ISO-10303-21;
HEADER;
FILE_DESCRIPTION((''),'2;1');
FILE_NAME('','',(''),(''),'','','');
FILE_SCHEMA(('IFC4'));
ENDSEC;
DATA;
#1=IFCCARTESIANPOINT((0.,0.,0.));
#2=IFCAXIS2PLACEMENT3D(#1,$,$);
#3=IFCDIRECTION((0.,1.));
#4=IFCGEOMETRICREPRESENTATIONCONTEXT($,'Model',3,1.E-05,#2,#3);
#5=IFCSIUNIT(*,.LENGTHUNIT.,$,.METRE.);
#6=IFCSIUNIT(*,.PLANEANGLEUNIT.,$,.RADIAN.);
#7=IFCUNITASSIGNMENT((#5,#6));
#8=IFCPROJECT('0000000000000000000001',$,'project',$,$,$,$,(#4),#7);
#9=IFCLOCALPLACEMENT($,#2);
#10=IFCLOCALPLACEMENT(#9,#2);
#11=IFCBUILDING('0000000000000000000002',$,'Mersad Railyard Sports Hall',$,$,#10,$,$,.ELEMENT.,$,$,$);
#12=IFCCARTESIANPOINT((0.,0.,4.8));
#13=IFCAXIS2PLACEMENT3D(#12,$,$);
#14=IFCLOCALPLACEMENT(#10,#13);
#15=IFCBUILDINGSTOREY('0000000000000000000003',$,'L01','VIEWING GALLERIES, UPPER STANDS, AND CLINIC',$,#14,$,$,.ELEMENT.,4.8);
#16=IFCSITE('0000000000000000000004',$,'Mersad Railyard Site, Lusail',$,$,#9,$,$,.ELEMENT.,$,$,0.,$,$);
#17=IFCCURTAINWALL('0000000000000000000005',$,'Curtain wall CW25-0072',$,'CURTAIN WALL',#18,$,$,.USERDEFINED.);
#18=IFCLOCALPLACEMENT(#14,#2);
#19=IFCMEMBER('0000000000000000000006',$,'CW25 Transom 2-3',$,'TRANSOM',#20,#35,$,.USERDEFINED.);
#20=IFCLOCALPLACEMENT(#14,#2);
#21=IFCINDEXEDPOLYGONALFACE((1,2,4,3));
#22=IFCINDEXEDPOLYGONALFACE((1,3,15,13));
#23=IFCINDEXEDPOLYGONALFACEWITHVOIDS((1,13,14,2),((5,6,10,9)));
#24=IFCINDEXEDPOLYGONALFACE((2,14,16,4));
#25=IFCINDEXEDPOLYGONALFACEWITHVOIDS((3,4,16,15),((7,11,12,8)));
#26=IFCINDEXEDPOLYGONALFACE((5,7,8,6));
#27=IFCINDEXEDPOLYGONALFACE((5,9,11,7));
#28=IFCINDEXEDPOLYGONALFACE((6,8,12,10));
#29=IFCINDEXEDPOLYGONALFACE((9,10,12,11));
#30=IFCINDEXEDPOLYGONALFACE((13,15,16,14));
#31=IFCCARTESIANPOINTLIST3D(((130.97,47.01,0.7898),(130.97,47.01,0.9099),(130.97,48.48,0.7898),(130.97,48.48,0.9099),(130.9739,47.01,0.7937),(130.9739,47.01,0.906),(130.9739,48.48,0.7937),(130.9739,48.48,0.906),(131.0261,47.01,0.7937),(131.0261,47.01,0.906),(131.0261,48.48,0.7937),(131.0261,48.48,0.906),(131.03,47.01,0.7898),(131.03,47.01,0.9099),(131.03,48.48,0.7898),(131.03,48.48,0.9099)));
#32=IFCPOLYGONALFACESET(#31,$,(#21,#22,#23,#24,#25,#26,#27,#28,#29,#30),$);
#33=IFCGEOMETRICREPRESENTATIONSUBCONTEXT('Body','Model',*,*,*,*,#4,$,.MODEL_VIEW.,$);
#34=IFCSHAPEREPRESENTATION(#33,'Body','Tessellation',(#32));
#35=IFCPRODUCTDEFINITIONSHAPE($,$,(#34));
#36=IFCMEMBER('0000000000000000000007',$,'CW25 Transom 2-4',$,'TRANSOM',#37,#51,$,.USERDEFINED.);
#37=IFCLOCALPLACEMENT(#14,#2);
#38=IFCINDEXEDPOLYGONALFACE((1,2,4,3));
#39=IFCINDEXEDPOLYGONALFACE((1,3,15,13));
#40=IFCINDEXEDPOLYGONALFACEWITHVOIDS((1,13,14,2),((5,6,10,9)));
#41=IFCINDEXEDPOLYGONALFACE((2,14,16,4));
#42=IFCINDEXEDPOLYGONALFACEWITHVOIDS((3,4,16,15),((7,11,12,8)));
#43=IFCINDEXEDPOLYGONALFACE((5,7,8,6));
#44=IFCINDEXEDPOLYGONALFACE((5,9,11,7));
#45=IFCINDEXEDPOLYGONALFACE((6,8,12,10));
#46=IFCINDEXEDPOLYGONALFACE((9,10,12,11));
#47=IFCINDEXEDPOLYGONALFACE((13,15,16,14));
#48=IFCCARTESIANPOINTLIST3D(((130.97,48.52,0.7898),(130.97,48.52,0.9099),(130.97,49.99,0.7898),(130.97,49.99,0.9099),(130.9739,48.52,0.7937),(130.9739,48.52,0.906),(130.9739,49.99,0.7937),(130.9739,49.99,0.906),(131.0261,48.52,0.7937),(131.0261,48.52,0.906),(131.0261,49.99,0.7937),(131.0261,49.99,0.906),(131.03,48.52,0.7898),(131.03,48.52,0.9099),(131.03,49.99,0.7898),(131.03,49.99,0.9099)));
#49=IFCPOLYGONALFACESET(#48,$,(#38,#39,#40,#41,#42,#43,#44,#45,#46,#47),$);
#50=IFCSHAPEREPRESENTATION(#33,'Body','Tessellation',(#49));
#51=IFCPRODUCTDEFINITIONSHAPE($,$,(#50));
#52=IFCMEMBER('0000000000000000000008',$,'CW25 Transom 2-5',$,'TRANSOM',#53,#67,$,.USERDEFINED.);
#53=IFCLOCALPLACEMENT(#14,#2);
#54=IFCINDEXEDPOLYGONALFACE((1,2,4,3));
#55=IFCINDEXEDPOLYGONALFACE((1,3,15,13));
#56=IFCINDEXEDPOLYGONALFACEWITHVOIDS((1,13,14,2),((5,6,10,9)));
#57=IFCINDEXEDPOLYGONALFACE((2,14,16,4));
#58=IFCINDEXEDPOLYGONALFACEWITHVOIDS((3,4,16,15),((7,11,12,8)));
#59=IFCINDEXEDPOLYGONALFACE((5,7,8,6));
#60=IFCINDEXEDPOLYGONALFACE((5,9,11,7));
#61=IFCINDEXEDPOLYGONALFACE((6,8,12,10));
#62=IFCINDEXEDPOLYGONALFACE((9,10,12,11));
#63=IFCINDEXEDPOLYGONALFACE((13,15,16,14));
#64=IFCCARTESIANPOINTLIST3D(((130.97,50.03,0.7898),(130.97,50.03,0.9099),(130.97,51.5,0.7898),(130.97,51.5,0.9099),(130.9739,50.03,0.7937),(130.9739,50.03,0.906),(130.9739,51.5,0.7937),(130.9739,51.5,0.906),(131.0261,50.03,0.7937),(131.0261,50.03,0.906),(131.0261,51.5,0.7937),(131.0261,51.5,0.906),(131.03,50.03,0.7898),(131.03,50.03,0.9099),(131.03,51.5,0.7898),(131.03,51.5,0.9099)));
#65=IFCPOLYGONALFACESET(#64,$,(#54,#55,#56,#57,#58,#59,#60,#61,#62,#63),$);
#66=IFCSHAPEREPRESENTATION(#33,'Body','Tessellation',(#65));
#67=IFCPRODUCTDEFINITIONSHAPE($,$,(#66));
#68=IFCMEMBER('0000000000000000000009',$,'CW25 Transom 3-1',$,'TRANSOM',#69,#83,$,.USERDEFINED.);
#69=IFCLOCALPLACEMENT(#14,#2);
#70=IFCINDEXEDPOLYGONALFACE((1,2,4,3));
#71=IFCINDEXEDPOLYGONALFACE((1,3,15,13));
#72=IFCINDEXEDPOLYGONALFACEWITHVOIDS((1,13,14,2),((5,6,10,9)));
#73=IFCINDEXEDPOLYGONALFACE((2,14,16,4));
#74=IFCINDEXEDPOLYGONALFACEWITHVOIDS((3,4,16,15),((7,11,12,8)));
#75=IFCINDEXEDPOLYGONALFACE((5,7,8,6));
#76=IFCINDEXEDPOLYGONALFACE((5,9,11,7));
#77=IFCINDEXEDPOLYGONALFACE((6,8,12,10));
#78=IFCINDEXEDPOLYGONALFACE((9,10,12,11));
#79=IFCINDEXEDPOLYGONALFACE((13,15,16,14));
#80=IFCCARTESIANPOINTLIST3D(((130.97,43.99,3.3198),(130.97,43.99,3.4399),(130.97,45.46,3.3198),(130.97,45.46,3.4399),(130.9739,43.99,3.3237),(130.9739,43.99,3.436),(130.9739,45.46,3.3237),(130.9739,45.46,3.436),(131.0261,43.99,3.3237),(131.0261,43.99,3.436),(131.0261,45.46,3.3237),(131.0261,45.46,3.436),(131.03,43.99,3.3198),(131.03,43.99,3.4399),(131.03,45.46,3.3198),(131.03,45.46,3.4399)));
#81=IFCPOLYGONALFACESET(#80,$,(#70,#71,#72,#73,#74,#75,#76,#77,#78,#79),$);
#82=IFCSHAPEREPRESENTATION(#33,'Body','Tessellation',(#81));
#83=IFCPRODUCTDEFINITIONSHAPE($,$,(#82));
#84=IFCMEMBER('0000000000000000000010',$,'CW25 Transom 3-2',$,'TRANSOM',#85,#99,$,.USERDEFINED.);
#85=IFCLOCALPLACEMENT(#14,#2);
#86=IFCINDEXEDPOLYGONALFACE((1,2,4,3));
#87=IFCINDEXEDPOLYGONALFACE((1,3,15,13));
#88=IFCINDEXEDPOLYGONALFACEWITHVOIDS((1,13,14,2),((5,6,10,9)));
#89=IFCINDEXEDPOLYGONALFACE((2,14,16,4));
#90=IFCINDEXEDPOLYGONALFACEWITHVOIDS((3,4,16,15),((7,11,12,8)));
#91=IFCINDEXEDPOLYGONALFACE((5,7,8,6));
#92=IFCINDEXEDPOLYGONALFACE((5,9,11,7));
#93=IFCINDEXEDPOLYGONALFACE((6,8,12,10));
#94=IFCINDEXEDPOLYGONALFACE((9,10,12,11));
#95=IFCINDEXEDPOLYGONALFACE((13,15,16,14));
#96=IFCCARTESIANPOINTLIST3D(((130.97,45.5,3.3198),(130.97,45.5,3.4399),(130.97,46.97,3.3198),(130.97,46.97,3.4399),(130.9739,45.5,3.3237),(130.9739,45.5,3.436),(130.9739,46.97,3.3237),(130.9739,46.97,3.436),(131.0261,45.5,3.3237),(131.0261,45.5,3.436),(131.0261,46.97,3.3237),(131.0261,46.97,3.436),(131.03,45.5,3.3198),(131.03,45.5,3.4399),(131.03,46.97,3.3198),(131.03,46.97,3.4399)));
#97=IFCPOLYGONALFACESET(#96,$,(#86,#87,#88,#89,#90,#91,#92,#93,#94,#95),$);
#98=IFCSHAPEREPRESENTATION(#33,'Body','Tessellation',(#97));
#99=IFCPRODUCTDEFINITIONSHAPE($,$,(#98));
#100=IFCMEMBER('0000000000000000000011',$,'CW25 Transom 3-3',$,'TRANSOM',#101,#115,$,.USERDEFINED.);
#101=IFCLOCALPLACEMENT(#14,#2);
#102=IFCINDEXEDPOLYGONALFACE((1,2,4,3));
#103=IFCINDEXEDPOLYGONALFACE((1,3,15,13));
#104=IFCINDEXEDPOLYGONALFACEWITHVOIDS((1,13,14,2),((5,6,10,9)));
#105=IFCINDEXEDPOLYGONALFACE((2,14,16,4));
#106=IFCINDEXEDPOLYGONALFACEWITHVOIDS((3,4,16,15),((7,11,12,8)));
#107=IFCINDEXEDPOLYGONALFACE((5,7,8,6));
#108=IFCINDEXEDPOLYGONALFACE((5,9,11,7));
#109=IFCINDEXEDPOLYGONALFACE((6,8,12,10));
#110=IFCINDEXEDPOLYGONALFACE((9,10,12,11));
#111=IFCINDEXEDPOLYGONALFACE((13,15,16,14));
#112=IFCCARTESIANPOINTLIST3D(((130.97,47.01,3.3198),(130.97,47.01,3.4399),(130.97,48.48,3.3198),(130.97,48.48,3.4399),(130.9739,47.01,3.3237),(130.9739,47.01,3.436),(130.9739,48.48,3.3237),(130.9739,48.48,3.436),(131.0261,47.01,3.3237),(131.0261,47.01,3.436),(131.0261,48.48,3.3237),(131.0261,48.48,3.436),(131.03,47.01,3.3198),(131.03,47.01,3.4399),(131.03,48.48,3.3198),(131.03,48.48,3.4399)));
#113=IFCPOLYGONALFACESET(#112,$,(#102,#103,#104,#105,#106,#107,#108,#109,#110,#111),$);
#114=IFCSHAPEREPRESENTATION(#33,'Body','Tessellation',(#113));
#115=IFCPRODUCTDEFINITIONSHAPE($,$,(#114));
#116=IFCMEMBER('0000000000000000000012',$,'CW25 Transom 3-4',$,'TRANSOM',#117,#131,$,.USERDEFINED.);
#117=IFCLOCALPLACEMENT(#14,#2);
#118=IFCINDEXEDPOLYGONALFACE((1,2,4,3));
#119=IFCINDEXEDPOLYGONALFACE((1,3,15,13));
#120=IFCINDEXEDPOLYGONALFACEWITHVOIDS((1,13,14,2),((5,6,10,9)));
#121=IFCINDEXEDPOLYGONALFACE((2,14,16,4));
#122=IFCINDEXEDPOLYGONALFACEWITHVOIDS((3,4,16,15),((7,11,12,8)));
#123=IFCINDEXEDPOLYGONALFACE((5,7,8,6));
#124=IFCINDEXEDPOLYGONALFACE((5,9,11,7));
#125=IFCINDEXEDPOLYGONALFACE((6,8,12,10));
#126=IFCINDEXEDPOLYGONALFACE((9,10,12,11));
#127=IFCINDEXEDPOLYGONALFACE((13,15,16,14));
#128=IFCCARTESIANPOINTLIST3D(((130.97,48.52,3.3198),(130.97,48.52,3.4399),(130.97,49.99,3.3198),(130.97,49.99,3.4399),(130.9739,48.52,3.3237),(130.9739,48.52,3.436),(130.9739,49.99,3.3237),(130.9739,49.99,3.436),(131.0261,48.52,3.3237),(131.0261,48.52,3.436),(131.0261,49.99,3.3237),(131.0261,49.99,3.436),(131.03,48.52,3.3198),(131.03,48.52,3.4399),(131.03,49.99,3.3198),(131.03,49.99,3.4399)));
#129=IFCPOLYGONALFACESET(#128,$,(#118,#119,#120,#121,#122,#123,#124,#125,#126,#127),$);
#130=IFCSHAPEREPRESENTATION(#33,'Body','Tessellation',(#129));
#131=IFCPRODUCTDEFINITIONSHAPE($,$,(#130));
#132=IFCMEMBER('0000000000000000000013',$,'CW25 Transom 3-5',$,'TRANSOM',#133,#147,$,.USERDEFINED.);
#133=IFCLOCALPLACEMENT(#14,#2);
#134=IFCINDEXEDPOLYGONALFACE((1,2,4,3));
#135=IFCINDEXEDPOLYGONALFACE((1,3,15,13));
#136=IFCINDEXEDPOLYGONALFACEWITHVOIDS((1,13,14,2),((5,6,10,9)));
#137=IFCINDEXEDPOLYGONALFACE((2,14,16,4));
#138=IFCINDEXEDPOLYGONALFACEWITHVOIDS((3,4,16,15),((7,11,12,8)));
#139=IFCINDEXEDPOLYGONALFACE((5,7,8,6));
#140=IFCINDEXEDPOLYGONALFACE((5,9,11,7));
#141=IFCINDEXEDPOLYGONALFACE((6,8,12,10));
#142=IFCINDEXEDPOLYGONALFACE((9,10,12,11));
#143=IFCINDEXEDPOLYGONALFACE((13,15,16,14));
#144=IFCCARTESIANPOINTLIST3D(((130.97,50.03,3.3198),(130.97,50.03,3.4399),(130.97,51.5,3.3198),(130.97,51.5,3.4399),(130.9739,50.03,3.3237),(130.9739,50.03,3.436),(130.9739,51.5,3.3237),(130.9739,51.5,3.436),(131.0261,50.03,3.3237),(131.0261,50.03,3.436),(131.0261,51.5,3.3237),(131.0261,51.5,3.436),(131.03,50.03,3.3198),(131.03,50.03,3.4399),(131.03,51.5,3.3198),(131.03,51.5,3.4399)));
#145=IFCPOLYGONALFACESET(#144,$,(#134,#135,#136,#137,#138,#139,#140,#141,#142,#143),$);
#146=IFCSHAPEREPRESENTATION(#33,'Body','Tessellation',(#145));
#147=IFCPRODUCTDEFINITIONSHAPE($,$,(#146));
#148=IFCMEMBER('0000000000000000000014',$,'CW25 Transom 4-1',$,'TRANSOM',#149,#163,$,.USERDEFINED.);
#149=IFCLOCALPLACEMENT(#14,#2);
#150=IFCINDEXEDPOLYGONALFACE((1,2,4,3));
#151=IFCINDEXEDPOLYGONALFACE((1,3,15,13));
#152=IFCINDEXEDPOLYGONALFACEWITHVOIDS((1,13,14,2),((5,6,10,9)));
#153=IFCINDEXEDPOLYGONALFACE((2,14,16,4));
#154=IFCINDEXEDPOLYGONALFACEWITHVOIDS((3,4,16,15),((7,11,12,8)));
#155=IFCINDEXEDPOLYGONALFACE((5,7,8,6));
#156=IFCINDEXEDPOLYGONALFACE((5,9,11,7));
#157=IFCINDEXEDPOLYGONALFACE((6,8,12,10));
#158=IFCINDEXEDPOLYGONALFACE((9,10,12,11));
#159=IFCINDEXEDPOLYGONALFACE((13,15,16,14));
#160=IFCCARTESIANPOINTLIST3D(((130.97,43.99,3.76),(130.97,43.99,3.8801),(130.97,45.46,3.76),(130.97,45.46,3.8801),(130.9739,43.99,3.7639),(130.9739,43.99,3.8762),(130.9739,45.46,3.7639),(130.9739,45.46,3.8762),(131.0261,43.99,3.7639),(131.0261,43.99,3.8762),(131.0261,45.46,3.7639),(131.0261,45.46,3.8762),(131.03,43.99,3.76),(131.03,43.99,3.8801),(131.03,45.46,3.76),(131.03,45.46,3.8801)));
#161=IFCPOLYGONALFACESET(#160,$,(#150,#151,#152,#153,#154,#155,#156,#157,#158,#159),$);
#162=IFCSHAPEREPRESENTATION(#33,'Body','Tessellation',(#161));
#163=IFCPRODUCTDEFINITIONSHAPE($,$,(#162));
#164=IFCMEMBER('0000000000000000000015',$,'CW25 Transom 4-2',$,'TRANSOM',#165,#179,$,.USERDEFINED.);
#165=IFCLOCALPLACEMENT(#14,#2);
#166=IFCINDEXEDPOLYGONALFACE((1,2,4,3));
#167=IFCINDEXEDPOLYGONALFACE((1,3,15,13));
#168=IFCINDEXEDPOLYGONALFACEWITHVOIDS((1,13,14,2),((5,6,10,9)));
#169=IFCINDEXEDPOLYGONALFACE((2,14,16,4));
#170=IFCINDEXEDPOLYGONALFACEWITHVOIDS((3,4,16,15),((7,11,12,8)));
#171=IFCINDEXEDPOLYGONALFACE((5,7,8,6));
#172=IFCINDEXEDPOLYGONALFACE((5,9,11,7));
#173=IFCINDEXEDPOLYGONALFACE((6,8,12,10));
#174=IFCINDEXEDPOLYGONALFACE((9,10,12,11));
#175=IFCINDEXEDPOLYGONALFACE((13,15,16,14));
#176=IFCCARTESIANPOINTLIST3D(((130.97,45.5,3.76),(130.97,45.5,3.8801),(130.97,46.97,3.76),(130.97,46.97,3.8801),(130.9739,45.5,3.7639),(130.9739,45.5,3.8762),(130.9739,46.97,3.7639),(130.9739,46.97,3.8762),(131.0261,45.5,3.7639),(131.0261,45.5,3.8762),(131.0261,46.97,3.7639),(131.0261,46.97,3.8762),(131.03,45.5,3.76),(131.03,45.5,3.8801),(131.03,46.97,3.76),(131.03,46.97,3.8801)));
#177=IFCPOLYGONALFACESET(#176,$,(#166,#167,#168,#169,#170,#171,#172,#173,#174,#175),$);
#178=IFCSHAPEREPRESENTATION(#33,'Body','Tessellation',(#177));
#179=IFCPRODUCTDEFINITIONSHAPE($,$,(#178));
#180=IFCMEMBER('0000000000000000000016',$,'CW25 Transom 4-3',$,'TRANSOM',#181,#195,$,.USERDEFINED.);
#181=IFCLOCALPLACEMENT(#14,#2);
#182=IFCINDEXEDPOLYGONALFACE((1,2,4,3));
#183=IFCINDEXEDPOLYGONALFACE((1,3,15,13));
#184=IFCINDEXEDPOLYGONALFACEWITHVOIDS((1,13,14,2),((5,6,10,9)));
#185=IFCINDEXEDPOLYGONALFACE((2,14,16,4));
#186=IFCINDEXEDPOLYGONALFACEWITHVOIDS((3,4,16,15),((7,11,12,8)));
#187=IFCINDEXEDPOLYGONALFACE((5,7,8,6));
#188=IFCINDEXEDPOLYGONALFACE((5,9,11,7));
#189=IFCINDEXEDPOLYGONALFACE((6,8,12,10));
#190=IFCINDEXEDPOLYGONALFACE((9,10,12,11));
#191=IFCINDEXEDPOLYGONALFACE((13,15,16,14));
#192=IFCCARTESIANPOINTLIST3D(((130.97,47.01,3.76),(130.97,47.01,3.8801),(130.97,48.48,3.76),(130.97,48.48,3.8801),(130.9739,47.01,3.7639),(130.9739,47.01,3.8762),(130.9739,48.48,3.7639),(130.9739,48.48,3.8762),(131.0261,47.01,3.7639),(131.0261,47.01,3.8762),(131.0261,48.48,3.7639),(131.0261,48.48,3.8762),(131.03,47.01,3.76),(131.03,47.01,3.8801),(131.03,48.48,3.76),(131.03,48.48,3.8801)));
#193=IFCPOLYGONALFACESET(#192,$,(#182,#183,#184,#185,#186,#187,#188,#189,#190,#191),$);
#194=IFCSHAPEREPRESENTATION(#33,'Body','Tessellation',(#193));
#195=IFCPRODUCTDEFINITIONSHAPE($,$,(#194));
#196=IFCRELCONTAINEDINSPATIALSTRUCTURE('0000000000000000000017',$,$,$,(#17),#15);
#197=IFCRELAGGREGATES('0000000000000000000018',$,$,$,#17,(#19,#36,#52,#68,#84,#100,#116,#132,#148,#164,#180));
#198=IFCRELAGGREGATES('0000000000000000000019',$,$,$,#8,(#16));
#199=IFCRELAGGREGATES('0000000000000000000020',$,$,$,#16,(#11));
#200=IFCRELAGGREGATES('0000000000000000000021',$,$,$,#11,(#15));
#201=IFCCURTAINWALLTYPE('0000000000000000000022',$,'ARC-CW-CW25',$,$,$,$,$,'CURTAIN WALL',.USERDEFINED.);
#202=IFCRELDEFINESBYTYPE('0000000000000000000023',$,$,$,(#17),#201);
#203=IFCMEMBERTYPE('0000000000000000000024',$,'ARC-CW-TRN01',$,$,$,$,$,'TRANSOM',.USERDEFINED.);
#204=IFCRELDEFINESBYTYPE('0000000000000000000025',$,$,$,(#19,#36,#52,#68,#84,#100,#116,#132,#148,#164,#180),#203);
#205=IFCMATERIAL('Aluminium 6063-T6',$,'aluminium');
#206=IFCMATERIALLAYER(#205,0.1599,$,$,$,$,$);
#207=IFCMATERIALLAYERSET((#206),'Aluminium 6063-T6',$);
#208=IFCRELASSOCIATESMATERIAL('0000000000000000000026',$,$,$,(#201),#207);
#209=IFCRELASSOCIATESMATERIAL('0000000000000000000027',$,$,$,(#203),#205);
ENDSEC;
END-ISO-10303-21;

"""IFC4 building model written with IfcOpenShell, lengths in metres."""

from ifc_helpers import new_model, si_unit, direction, frame, origin, origin_2d, place, context, subcontext, project, spatial, hollow_rectangle, extrude, material, layer, layer_set, material_profile, profile_set, type_object, element, aggregate, save


model = new_model("IFC4")

# Units and contexts
model_context = context("Model", 3, precision=1e-05, world=origin(), true_north=direction((0.0, 1.0)))
body_context = subcontext(model_context, "Body", "Model", "MODEL_VIEW")
ifc_project = project(units=[si_unit("LENGTHUNIT", "METRE"), si_unit("PLANEANGLEUNIT", "RADIAN")], contexts=[model_context])

# Site, building, storey
site_placement = place(None, origin())
site = spatial("IfcSite", under=ifc_project, at=site_placement, Name="Mersad Railyard Site, Lusail", CompositionType="ELEMENT", RefElevation=0.0)
building_placement = place(site_placement, origin())
building = spatial("IfcBuilding", under=site, at=building_placement, Name="Mersad Railyard Sports Hall", CompositionType="ELEMENT")
storey_placement = place(building_placement, frame((0.0, 0.0, 4.8)))
storey = spatial("IfcBuildingStorey", under=building, at=storey_placement, Name="L01", Description="VIEWING GALLERIES, UPPER STANDS, AND CLINIC", CompositionType="ELEMENT", Elevation=4.8)

# Curtain wall, members
ifc_material_1 = material(Name="Aluminium 6063-T6", Category="aluminium")
ifc_layer_1 = layer(ifc_material_1, 0.1599)
ifc_layer_set_1 = layer_set([ifc_layer_1], Name="Aluminium 6063-T6")
curtain_wall_type = type_object("IfcCurtainWallType", Name="ARC-CW-CW25", ElementType="CURTAIN WALL", PredefinedType="USERDEFINED", material=ifc_layer_set_1)
curtain_wall_placement = place(storey_placement, origin())
curtain_wall = element("IfcCurtainWall", 1, at=curtain_wall_placement, inside=storey, type_object=curtain_wall_type, Name="Curtain wall CW25-0072", ObjectType="CURTAIN WALL", PredefinedType="USERDEFINED")
ifc_material_profile_1 = material_profile(ifc_material_1, hollow_rectangle(XDim=0.0601, YDim=0.1201, WallThickness=0.0039, at=origin_2d()), Name="AL TRANSOM 60x120x4")
ifc_profile_set_1 = profile_set([ifc_material_profile_1], Name="Aluminium 6063-T6")
member_type_1 = type_object("IfcMemberType", Name="ARC-CW-TRN01", ElementType="TRANSOM", PredefinedType="USERDEFINED", material=ifc_profile_set_1)
member_1_placement = place(storey_placement, frame((131.0, 47.01, 0.8499), z_axis=(0.0, 1.0, 0.0), x_axis=(-1.0, 0.0, 0.0)))
member_1 = element("IfcMember", 2, at=member_1_placement, type_object=member_type_1, Name="CW25 Transom 2-3", ObjectType="TRANSOM", PredefinedType="USERDEFINED", context=body_context, shape_type="SweptSolid", body=[
    extrude(hollow_rectangle(XDim=0.0601, YDim=0.1201, WallThickness=0.0039, at=origin_2d()), origin(), (0.0, 0.0, 1.0), 1.47),
])
member_2_placement = place(storey_placement, frame((131.0, 48.52, 0.8499), z_axis=(0.0, 1.0, 0.0), x_axis=(-1.0, 0.0, 0.0)))
member_2 = element("IfcMember", 3, at=member_2_placement, type_object=member_type_1, Name="CW25 Transom 2-4", ObjectType="TRANSOM", PredefinedType="USERDEFINED", context=body_context, shape_type="SweptSolid", body=[
    extrude(hollow_rectangle(XDim=0.0601, YDim=0.1201, WallThickness=0.0039, at=origin_2d()), origin(), (0.0, 0.0, 1.0), 1.47),
])
member_3_placement = place(storey_placement, frame((131.0, 50.03, 0.8499), z_axis=(0.0, 1.0, 0.0), x_axis=(-1.0, 0.0, 0.0)))
member_3 = element("IfcMember", 4, at=member_3_placement, type_object=member_type_1, Name="CW25 Transom 2-5", ObjectType="TRANSOM", PredefinedType="USERDEFINED", context=body_context, shape_type="SweptSolid", body=[
    extrude(hollow_rectangle(XDim=0.0601, YDim=0.1201, WallThickness=0.0039, at=origin_2d()), origin(), (0.0, 0.0, 1.0), 1.47),
])
member_4_placement = place(storey_placement, frame((131.0, 43.99, 3.3799), z_axis=(0.0, 1.0, 0.0), x_axis=(-1.0, 0.0, 0.0)))
member_4 = element("IfcMember", 5, at=member_4_placement, type_object=member_type_1, Name="CW25 Transom 3-1", ObjectType="TRANSOM", PredefinedType="USERDEFINED", context=body_context, shape_type="SweptSolid", body=[
    extrude(hollow_rectangle(XDim=0.0601, YDim=0.1201, WallThickness=0.0039, at=origin_2d()), origin(), (0.0, 0.0, 1.0), 1.47),
])
member_5_placement = place(storey_placement, frame((131.0, 45.5, 3.3799), z_axis=(0.0, 1.0, 0.0), x_axis=(-1.0, 0.0, 0.0)))
member_5 = element("IfcMember", 6, at=member_5_placement, type_object=member_type_1, Name="CW25 Transom 3-2", ObjectType="TRANSOM", PredefinedType="USERDEFINED", context=body_context, shape_type="SweptSolid", body=[
    extrude(hollow_rectangle(XDim=0.0601, YDim=0.1201, WallThickness=0.0039, at=origin_2d()), origin(), (0.0, 0.0, 1.0), 1.47),
])
member_6_placement = place(storey_placement, frame((131.0, 47.01, 3.3799), z_axis=(0.0, 1.0, 0.0), x_axis=(-1.0, 0.0, 0.0)))
member_6 = element("IfcMember", 7, at=member_6_placement, type_object=member_type_1, Name="CW25 Transom 3-3", ObjectType="TRANSOM", PredefinedType="USERDEFINED", context=body_context, shape_type="SweptSolid", body=[
    extrude(hollow_rectangle(XDim=0.0601, YDim=0.1201, WallThickness=0.0039, at=origin_2d()), origin(), (0.0, 0.0, 1.0), 1.47),
])
member_7_placement = place(storey_placement, frame((131.0, 48.52, 3.3799), z_axis=(0.0, 1.0, 0.0), x_axis=(-1.0, 0.0, 0.0)))
member_7 = element("IfcMember", 8, at=member_7_placement, type_object=member_type_1, Name="CW25 Transom 3-4", ObjectType="TRANSOM", PredefinedType="USERDEFINED", context=body_context, shape_type="SweptSolid", body=[
    extrude(hollow_rectangle(XDim=0.0601, YDim=0.1201, WallThickness=0.0039, at=origin_2d()), origin(), (0.0, 0.0, 1.0), 1.47),
])
member_8_placement = place(storey_placement, frame((131.0, 50.03, 3.3799), z_axis=(0.0, 1.0, 0.0), x_axis=(-1.0, 0.0, 0.0)))
member_8 = element("IfcMember", 9, at=member_8_placement, type_object=member_type_1, Name="CW25 Transom 3-5", ObjectType="TRANSOM", PredefinedType="USERDEFINED", context=body_context, shape_type="SweptSolid", body=[
    extrude(hollow_rectangle(XDim=0.0601, YDim=0.1201, WallThickness=0.0039, at=origin_2d()), origin(), (0.0, 0.0, 1.0), 1.47),
])
member_9_placement = place(storey_placement, frame((131.0, 43.99, 3.8201), z_axis=(0.0, 1.0, 0.0), x_axis=(-1.0, 0.0, 0.0)))
member_9 = element("IfcMember", 10, at=member_9_placement, type_object=member_type_1, Name="CW25 Transom 4-1", ObjectType="TRANSOM", PredefinedType="USERDEFINED", context=body_context, shape_type="SweptSolid", body=[
    extrude(hollow_rectangle(XDim=0.0601, YDim=0.1201, WallThickness=0.0039, at=origin_2d()), origin(), (0.0, 0.0, 1.0), 1.47),
])
member_10_placement = place(storey_placement, frame((131.0, 45.5, 3.8201), z_axis=(0.0, 1.0, 0.0), x_axis=(-1.0, 0.0, 0.0)))
member_10 = element("IfcMember", 11, at=member_10_placement, type_object=member_type_1, Name="CW25 Transom 4-2", ObjectType="TRANSOM", PredefinedType="USERDEFINED", context=body_context, shape_type="SweptSolid", body=[
    extrude(hollow_rectangle(XDim=0.0601, YDim=0.1201, WallThickness=0.0039, at=origin_2d()), origin(), (0.0, 0.0, 1.0), 1.47),
])
member_11_placement = place(storey_placement, frame((131.0, 47.01, 3.8201), z_axis=(0.0, 1.0, 0.0), x_axis=(-1.0, 0.0, 0.0)))
member_11 = element("IfcMember", 12, at=member_11_placement, type_object=member_type_1, Name="CW25 Transom 4-3", ObjectType="TRANSOM", PredefinedType="USERDEFINED", context=body_context, shape_type="SweptSolid", body=[
    extrude(hollow_rectangle(XDim=0.0601, YDim=0.1201, WallThickness=0.0039, at=origin_2d()), origin(), (0.0, 0.0, 1.0), 1.47),
])
aggregate(curtain_wall, [member_1, member_2, member_3, member_4, member_5, member_6, member_7, member_8, member_9, member_10, member_11])

save(model, "model.ifc")
